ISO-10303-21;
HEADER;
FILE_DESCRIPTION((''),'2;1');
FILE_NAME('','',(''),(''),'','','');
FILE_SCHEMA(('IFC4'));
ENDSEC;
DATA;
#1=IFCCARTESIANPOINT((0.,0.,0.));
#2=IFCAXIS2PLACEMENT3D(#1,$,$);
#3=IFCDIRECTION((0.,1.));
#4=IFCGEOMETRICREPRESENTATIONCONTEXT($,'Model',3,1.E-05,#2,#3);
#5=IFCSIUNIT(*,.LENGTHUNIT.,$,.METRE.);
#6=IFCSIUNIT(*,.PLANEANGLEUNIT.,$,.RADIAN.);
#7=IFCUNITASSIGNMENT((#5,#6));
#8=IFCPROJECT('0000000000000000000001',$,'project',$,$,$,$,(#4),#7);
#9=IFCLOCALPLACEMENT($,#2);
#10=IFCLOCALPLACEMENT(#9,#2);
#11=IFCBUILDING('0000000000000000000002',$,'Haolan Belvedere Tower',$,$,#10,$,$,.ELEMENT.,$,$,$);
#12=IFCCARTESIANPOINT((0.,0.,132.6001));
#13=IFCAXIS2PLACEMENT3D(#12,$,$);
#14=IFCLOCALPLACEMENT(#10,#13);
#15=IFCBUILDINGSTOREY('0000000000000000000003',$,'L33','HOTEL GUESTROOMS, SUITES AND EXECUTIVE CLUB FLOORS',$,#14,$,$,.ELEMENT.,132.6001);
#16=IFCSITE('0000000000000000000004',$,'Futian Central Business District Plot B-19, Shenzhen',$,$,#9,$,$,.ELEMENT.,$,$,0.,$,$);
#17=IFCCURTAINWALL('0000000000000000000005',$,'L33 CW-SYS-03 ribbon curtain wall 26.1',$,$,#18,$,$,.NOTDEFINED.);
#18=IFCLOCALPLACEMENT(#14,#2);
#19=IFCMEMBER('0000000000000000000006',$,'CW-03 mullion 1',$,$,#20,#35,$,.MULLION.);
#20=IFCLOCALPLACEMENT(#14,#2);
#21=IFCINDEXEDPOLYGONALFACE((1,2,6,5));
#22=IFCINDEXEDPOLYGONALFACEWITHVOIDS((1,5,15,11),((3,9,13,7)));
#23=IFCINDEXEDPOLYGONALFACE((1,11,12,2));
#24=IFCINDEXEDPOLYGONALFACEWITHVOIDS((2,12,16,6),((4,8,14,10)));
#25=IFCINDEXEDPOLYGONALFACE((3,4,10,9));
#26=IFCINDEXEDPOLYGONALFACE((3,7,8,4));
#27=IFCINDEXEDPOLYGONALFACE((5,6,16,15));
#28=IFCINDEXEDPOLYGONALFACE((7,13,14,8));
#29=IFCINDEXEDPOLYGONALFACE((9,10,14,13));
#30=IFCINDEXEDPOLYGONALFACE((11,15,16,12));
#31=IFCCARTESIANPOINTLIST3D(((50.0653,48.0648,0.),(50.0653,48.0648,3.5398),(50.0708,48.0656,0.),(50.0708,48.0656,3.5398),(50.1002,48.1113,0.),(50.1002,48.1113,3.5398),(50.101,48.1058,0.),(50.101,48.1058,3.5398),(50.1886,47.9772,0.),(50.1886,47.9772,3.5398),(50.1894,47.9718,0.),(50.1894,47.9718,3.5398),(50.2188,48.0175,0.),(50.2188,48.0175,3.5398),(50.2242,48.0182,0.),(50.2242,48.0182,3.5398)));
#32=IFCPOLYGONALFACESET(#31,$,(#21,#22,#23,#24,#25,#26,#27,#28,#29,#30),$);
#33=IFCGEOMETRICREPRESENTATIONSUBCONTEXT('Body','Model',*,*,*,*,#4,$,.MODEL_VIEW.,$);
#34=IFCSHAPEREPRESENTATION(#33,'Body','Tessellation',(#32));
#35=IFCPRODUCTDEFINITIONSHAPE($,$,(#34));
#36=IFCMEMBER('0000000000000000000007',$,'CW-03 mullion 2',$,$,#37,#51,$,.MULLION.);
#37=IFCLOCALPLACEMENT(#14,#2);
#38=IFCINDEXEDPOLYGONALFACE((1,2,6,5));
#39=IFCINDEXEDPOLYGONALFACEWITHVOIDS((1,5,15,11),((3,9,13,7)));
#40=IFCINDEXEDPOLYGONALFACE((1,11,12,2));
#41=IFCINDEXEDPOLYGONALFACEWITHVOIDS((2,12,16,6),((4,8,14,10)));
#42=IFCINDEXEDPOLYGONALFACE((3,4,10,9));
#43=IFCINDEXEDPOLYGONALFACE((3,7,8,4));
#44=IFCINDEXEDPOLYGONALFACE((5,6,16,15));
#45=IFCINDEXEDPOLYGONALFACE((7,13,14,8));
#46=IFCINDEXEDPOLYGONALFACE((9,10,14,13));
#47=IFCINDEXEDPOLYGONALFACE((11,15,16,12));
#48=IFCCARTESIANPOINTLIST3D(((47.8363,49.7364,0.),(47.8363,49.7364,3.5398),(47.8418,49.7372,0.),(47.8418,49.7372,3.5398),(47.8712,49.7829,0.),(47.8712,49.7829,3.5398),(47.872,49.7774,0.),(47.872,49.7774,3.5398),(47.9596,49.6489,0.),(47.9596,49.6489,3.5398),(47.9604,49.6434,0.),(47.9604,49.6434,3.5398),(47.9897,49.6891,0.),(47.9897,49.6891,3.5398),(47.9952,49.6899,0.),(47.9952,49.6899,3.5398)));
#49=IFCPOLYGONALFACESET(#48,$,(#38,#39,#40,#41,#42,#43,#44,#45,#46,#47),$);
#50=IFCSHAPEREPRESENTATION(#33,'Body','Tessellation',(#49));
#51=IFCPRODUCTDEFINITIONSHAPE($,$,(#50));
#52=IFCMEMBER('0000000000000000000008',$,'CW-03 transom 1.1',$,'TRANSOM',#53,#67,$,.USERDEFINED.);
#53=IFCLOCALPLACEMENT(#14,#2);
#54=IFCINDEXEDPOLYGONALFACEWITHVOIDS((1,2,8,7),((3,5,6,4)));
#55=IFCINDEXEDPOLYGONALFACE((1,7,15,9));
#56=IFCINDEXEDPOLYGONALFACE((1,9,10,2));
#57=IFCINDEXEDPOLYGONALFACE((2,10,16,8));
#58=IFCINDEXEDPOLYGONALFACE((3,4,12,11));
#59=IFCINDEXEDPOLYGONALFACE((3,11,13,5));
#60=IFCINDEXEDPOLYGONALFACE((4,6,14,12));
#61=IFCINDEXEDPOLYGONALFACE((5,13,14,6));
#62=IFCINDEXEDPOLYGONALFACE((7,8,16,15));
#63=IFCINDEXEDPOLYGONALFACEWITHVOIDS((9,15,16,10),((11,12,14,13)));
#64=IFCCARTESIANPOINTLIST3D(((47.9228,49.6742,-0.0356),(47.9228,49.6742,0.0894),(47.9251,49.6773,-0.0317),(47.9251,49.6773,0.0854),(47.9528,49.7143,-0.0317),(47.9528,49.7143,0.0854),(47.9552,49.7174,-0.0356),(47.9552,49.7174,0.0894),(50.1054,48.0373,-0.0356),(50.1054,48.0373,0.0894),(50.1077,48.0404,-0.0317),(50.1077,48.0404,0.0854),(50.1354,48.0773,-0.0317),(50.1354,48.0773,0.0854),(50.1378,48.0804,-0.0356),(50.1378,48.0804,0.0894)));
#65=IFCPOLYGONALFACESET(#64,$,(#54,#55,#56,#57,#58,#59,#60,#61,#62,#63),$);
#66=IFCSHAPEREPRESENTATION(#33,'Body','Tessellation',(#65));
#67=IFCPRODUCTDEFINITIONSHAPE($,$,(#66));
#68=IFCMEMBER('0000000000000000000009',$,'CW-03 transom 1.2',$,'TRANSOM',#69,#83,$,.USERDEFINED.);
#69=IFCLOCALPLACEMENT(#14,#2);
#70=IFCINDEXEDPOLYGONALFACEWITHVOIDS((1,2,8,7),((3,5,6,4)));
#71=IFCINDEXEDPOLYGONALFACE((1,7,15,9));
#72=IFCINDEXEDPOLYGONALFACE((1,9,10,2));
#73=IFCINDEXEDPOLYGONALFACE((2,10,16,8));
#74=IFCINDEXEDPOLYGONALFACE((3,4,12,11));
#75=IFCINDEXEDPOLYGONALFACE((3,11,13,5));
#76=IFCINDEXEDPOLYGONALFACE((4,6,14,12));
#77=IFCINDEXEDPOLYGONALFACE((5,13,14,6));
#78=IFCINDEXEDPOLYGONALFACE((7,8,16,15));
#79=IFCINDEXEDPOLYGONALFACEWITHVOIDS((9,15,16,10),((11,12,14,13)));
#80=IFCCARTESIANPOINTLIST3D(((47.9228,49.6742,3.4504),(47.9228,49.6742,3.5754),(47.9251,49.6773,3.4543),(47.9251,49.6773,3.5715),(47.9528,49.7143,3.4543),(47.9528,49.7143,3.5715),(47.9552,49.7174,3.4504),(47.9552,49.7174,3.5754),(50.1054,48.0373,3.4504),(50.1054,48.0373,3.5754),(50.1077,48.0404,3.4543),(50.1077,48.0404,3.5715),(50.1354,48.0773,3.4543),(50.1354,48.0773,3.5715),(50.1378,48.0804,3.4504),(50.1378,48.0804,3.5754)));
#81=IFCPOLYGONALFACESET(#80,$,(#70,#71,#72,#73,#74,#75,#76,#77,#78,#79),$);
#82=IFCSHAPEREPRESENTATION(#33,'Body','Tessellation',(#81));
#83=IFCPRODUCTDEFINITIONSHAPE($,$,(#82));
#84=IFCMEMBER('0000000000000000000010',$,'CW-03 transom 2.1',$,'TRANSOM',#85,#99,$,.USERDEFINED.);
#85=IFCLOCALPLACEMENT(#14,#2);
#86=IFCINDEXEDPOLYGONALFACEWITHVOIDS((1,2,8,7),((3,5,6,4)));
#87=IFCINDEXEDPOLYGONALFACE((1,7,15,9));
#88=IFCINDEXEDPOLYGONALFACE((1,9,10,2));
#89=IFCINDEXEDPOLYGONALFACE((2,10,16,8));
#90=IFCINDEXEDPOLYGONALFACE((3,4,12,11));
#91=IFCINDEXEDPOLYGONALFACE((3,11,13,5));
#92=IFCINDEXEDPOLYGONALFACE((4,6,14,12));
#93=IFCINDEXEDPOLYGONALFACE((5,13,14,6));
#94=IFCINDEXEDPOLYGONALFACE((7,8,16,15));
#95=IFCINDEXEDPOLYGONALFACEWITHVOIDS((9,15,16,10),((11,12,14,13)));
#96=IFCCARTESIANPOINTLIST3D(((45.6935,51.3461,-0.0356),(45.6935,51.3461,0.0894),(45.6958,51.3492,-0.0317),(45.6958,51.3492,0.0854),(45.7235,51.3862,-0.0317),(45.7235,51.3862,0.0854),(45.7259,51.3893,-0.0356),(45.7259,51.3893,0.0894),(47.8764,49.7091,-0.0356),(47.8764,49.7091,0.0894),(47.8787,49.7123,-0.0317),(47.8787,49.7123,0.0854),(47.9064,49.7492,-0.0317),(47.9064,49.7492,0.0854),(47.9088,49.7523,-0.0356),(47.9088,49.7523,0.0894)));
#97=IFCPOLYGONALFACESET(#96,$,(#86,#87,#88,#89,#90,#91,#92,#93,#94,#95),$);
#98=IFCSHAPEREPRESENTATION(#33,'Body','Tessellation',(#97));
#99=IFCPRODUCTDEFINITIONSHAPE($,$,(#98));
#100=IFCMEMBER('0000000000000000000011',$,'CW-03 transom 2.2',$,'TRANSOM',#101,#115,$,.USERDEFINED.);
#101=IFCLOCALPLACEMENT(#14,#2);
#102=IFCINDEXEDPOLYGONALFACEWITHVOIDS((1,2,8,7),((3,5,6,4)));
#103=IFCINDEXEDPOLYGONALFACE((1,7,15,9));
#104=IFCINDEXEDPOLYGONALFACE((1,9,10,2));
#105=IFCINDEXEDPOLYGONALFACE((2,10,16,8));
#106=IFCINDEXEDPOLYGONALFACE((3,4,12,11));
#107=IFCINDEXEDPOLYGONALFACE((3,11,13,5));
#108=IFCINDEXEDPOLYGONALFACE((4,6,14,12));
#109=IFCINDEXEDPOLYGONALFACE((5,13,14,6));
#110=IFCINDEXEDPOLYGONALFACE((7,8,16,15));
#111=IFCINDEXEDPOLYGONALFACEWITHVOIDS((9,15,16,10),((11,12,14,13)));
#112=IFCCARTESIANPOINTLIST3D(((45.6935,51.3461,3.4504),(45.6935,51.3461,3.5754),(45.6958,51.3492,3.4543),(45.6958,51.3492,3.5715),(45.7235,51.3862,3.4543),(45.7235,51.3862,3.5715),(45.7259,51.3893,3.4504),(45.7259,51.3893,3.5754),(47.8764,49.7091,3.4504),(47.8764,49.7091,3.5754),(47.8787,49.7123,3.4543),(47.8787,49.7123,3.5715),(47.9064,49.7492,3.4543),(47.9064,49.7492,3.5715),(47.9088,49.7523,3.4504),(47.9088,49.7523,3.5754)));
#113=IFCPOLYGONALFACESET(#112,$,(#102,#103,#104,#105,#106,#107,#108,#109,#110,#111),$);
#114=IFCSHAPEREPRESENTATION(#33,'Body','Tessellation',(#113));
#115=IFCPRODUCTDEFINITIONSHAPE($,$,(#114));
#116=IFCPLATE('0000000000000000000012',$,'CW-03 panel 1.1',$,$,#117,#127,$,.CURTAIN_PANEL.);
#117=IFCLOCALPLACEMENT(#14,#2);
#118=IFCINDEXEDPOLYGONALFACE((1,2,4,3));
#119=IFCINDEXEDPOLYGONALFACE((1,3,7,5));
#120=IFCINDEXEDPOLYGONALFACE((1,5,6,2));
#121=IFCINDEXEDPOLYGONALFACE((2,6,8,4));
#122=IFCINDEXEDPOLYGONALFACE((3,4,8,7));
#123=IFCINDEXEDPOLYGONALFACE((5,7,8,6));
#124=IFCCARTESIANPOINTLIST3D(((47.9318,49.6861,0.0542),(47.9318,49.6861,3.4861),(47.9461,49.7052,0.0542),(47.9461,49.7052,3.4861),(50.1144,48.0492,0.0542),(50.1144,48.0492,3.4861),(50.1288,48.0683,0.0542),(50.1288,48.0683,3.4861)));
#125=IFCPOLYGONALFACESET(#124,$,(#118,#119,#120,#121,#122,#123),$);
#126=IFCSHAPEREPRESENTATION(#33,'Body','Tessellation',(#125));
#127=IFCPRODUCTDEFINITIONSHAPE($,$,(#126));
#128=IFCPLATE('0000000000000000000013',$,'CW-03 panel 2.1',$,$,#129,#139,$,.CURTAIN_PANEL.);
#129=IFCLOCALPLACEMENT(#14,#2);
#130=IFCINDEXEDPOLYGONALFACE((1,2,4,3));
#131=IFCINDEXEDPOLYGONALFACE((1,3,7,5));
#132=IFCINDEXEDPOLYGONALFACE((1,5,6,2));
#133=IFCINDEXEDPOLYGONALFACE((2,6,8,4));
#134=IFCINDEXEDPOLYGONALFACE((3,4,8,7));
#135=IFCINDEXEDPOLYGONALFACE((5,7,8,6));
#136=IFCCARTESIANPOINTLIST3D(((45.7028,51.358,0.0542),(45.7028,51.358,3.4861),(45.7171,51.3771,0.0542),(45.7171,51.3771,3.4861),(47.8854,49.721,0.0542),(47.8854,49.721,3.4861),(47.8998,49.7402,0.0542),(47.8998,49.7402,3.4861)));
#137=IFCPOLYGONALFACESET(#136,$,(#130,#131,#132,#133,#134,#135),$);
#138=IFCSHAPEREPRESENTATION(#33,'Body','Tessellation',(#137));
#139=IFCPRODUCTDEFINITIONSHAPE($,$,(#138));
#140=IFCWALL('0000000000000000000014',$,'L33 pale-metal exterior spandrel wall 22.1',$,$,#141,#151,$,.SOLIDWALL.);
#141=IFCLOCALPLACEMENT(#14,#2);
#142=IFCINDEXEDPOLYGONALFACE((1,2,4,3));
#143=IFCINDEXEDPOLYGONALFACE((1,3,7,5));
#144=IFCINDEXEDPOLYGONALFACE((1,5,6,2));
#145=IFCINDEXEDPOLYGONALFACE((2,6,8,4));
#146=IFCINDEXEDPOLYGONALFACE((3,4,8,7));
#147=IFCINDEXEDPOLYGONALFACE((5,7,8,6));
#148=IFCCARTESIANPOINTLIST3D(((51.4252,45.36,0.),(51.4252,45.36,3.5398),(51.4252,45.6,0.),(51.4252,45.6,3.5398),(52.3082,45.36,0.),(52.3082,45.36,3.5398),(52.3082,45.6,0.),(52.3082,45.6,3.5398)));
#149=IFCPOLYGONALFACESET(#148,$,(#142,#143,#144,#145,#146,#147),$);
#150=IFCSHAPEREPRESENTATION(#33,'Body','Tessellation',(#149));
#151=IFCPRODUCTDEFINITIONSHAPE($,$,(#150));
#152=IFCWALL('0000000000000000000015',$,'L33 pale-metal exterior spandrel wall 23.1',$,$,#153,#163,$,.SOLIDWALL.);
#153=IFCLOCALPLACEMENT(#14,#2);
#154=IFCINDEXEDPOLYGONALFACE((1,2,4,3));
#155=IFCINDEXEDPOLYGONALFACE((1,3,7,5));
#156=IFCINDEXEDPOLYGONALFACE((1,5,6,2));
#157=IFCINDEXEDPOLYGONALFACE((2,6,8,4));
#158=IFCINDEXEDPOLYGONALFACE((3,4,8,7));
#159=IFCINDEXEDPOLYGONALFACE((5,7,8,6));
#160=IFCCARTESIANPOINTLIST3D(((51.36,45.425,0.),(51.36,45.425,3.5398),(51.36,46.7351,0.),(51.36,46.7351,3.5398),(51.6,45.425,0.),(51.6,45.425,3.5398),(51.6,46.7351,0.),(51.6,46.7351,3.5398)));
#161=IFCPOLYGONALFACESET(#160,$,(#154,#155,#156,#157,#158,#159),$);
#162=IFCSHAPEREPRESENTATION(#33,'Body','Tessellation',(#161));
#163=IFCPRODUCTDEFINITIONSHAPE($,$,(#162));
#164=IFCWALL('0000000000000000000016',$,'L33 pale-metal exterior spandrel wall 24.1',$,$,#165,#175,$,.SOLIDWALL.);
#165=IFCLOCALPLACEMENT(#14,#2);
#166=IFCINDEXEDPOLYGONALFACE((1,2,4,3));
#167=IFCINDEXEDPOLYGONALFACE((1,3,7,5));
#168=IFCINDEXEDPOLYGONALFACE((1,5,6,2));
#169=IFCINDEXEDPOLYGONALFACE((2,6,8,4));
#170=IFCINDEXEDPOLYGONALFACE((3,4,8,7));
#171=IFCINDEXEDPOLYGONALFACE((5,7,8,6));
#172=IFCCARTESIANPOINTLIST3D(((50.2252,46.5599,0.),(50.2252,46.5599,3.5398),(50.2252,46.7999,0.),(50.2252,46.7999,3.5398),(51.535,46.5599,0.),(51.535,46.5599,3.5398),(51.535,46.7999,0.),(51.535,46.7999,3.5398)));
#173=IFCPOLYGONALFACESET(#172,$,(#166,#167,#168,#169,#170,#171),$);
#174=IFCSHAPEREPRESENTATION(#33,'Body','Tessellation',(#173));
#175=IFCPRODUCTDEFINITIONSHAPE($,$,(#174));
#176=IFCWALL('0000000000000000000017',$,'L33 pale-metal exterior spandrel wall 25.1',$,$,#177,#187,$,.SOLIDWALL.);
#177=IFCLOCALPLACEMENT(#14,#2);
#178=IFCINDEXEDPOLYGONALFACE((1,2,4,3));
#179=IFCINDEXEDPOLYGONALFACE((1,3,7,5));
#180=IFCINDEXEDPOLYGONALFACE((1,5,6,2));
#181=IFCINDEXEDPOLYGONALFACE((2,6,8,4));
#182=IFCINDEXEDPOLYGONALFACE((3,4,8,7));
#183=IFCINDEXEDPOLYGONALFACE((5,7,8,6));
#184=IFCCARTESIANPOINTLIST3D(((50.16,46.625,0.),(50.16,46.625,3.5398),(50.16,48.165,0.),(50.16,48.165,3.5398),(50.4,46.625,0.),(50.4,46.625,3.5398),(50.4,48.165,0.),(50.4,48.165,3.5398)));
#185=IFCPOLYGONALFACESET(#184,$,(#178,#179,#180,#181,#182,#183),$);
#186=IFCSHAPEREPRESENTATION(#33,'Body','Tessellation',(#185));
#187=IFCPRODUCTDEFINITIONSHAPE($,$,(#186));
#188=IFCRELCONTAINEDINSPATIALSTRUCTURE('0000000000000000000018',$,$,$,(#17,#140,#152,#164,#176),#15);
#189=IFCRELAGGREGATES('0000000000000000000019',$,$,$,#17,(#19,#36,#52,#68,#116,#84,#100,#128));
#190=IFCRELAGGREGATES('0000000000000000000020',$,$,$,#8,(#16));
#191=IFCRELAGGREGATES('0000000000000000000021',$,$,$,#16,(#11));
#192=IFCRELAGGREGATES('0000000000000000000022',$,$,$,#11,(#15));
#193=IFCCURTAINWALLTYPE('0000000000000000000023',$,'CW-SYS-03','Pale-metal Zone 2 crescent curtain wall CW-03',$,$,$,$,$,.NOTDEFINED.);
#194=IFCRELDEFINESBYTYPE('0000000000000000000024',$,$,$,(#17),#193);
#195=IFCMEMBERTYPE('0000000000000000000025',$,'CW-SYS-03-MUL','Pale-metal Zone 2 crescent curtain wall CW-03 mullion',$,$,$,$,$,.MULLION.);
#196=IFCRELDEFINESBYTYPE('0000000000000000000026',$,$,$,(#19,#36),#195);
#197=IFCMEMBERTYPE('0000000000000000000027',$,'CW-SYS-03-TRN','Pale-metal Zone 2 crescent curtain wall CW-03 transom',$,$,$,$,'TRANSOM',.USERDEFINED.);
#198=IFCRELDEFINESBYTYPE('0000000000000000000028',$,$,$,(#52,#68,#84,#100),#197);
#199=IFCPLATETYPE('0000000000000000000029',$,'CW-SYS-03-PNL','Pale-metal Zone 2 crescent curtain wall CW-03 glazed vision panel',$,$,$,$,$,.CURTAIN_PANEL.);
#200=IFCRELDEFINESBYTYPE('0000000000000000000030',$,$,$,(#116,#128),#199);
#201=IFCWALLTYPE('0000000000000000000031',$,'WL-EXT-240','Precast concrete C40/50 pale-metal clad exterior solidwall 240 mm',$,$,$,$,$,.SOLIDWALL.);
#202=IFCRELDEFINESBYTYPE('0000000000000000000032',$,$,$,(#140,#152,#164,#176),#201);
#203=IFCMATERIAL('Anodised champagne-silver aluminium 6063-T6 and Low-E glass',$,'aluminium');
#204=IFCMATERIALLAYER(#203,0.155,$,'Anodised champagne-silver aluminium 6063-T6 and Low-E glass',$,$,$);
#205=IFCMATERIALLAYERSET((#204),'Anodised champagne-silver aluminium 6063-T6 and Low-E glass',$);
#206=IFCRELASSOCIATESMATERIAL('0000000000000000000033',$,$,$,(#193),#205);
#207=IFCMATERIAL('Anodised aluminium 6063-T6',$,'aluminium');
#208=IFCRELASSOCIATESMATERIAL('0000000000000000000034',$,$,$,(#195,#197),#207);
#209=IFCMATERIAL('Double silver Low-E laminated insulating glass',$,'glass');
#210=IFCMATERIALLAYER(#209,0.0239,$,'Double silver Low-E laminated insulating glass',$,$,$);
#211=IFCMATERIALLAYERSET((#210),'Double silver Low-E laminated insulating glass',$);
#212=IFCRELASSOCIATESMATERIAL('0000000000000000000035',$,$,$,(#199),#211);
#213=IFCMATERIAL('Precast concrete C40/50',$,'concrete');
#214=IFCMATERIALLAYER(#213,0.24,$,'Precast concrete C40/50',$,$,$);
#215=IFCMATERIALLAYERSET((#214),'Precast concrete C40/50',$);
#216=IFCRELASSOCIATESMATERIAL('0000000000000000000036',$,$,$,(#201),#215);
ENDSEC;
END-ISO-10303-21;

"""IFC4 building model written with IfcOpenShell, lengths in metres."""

from ifc_helpers import new_model, si_unit, direction, frame, frame_2d, origin, origin_2d, place, context, subcontext, project, spatial, rectangle, hollow_rectangle, extrude, material, layer, layer_set, material_profile, profile_set, type_object, element, aggregate, save


model = new_model("IFC4")

# Units and contexts
model_context = context("Model", 3, precision=1e-05, world=origin(), true_north=direction((0.0, 1.0)))
body_context = subcontext(model_context, "Body", "Model", "MODEL_VIEW")
ifc_project = project(units=[si_unit("LENGTHUNIT", "METRE"), si_unit("PLANEANGLEUNIT", "RADIAN")], contexts=[model_context])

# Site, building, storey
site_placement = place(None, origin())
site = spatial("IfcSite", under=ifc_project, at=site_placement, Name="Futian Central Business District Plot B-19, Shenzhen", CompositionType="ELEMENT", RefElevation=0.0)
building_placement = place(site_placement, origin())
building = spatial("IfcBuilding", under=site, at=building_placement, Name="Haolan Belvedere Tower", CompositionType="ELEMENT")
storey_placement = place(building_placement, frame((0.0, 0.0, 132.6001)))
storey = spatial("IfcBuildingStorey", under=building, at=storey_placement, Name="L33", Description="HOTEL GUESTROOMS, SUITES AND EXECUTIVE CLUB FLOORS", CompositionType="ELEMENT", Elevation=132.6001)

# Curtain wall, members, plates
ifc_material_1 = material(Name="Anodised champagne-silver aluminium 6063-T6 and Low-E glass", Category="aluminium")
ifc_layer_1 = layer(ifc_material_1, 0.155, Name="Anodised champagne-silver aluminium 6063-T6 and Low-E glass")
ifc_layer_set_1 = layer_set([ifc_layer_1], Name="Anodised champagne-silver aluminium 6063-T6 and Low-E glass")
curtain_wall_type = type_object("IfcCurtainWallType", Name="CW-SYS-03", Description="Pale-metal Zone 2 crescent curtain wall CW-03", PredefinedType="NOTDEFINED", material=ifc_layer_set_1)
curtain_wall_placement = place(storey_placement, origin())
curtain_wall = element("IfcCurtainWall", 1, at=curtain_wall_placement, inside=storey, type_object=curtain_wall_type, Name="L33 CW-SYS-03 ribbon curtain wall 26.1", PredefinedType="NOTDEFINED")
ifc_material_2 = material(Name="Anodised aluminium 6063-T6", Category="aluminium")
ifc_material_profile_1 = material_profile(ifc_material_2, hollow_rectangle(XDim=0.0581, YDim=0.155, WallThickness=0.0039, at=origin_2d()), Name="Anodised aluminium 6063-T6")
ifc_profile_set_1 = profile_set([ifc_material_profile_1], Name="Anodised aluminium 6063-T6")
member_type_1 = type_object("IfcMemberType", Name="CW-SYS-03-MUL", Description="Pale-metal Zone 2 crescent curtain wall CW-03 mullion", PredefinedType="MULLION", material=ifc_profile_set_1)
member_1_placement = place(storey_placement, frame((50.1448, 48.0415, 0.0), z_axis=(0.0, 0.0, 1.0), x_axis=(-0.599994, -0.800004, 0.0)))
member_1 = element("IfcMember", 2, at=member_1_placement, type_object=member_type_1, Name="CW-03 mullion 1", PredefinedType="MULLION", context=body_context, shape_type="SweptSolid", body=[
    extrude(hollow_rectangle(XDim=0.0581, YDim=0.155, WallThickness=0.0039, at=origin_2d()), origin(), (0.0, 0.0, 1.0), 3.5398),
])
member_2_placement = place(storey_placement, frame((47.9158, 49.7131, 0.0), z_axis=(0.0, 0.0, 1.0), x_axis=(-0.599994, -0.800004, 0.0)))
member_2 = element("IfcMember", 3, at=member_2_placement, type_object=member_type_1, Name="CW-03 mullion 2", PredefinedType="MULLION", context=body_context, shape_type="SweptSolid", body=[
    extrude(hollow_rectangle(XDim=0.0581, YDim=0.155, WallThickness=0.0039, at=origin_2d()), origin(), (0.0, 0.0, 1.0), 3.5398),
])
ifc_material_profile_2 = material_profile(ifc_material_2, hollow_rectangle(XDim=0.054, YDim=0.125, WallThickness=0.0039, at=origin_2d()), Name="Anodised aluminium 6063-T6")
ifc_profile_set_2 = profile_set([ifc_material_profile_2], Name="Anodised aluminium 6063-T6")
member_type_2 = type_object("IfcMemberType", Name="CW-SYS-03-TRN", Description="Pale-metal Zone 2 crescent curtain wall CW-03 transom", ElementType="TRANSOM", PredefinedType="USERDEFINED", material=ifc_profile_set_2)
member_3_placement = place(storey_placement, frame((50.1216, 48.0588, 0.0269), z_axis=(-0.8, 0.6, 0.0), x_axis=(-0.6, -0.8, 0.0)))
member_3 = element("IfcMember", 4, at=member_3_placement, type_object=member_type_2, Name="CW-03 transom 1.1", ObjectType="TRANSOM", PredefinedType="USERDEFINED", context=body_context, shape_type="SweptSolid", body=[
    extrude(hollow_rectangle(XDim=0.054, YDim=0.125, WallThickness=0.0039, at=origin_2d()), origin(), (0.0, 0.0, 1.0), 2.7283),
])
member_4_placement = place(storey_placement, frame((50.1216, 48.0588, 3.5129), z_axis=(-0.8, 0.6, 0.0), x_axis=(-0.6, -0.8, 0.0)))
member_4 = element("IfcMember", 5, at=member_4_placement, type_object=member_type_2, Name="CW-03 transom 1.2", ObjectType="TRANSOM", PredefinedType="USERDEFINED", context=body_context, shape_type="SweptSolid", body=[
    extrude(hollow_rectangle(XDim=0.054, YDim=0.125, WallThickness=0.0039, at=origin_2d()), origin(), (0.0, 0.0, 1.0), 2.7283),
])
member_5_placement = place(storey_placement, frame((47.8926, 49.7307, 0.0269), z_axis=(-0.800032, 0.599957, 0.0), x_axis=(-0.599957, -0.800032, 0.0)))
member_5 = element("IfcMember", 6, at=member_5_placement, type_object=member_type_2, Name="CW-03 transom 2.1", ObjectType="TRANSOM", PredefinedType="USERDEFINED", context=body_context, shape_type="SweptSolid", body=[
    extrude(hollow_rectangle(XDim=0.054, YDim=0.125, WallThickness=0.0039, at=origin_2d()), origin(), (0.0, 0.0, 1.0), 2.7285),
])
member_6_placement = place(storey_placement, frame((47.8926, 49.7307, 3.5129), z_axis=(-0.800032, 0.599957, 0.0), x_axis=(-0.599957, -0.800032, 0.0)))
member_6 = element("IfcMember", 7, at=member_6_placement, type_object=member_type_2, Name="CW-03 transom 2.2", ObjectType="TRANSOM", PredefinedType="USERDEFINED", context=body_context, shape_type="SweptSolid", body=[
    extrude(hollow_rectangle(XDim=0.054, YDim=0.125, WallThickness=0.0039, at=origin_2d()), origin(), (0.0, 0.0, 1.0), 2.7285),
])
ifc_material_3 = material(Name="Double silver Low-E laminated insulating glass", Category="glass")
ifc_layer_2 = layer(ifc_material_3, 0.0239, Name="Double silver Low-E laminated insulating glass")
ifc_layer_set_2 = layer_set([ifc_layer_2], Name="Double silver Low-E laminated insulating glass")
plate_type = type_object("IfcPlateType", Name="CW-SYS-03-PNL", Description="Pale-metal Zone 2 crescent curtain wall CW-03 glazed vision panel", PredefinedType="CURTAIN_PANEL", material=ifc_layer_set_2)
plate_1_placement = place(storey_placement, frame((49.0303, 48.8772, 0.0542), z_axis=(0.0, 0.0, 1.0), x_axis=(-0.800004, 0.599994, 0.0)))
plate_1 = element("IfcPlate", 8, at=plate_1_placement, type_object=plate_type, Name="CW-03 panel 1.1", PredefinedType="CURTAIN_PANEL", context=body_context, shape_type="SweptSolid", body=[
    extrude(rectangle(XDim=2.7283, YDim=0.0239, at=origin_2d()), origin(), (0.0, 0.0, 1.0), 3.4319),
])
plate_2_placement = place(storey_placement, frame((46.8013, 50.5491, 0.0542), z_axis=(0.0, 0.0, 1.0), x_axis=(-0.800004, 0.599994, 0.0)))
plate_2 = element("IfcPlate", 9, at=plate_2_placement, type_object=plate_type, Name="CW-03 panel 2.1", PredefinedType="CURTAIN_PANEL", context=body_context, shape_type="SweptSolid", body=[
    extrude(rectangle(XDim=2.7283, YDim=0.0239, at=origin_2d()), origin(), (0.0, 0.0, 1.0), 3.4319),
])
aggregate(curtain_wall, [member_1, member_2, member_3, member_4, plate_1, member_5, member_6, plate_2])

# Walls
ifc_material_4 = material(Name="Precast concrete C40/50", Category="concrete")
ifc_layer_3 = layer(ifc_material_4, 0.24, Name="Precast concrete C40/50")
ifc_layer_set_3 = layer_set([ifc_layer_3], Name="Precast concrete C40/50")
wall_type_1 = type_object("IfcWallType", Name="WL-EXT-240", Description="Precast concrete C40/50 pale-metal clad exterior solidwall 240 mm", PredefinedType="SOLIDWALL", material=ifc_layer_set_3)
wall_1_placement = place(storey_placement, frame((52.3081, 45.48, 0.0), z_axis=(0.0, 0.0, 1.0), x_axis=(-1.0, 0.0, 0.0)))
element("IfcWall", 10, at=wall_1_placement, inside=storey, type_object=wall_type_1, Name="L33 pale-metal exterior spandrel wall 22.1", PredefinedType="SOLIDWALL", context=body_context, shape_type="SweptSolid", body=[
    extrude(rectangle(XDim=0.8831, YDim=0.24, at=frame_2d((0.4414, 0.0))), origin(), (0.0, 0.0, 1.0), 3.5398),
])
wall_2_placement = place(storey_placement, frame((51.48, 45.425, 0.0), z_axis=(0.0, 0.0, 1.0), x_axis=(0.0, 1.0, 0.0)))
element("IfcWall", 11, at=wall_2_placement, inside=storey, type_object=wall_type_1, Name="L33 pale-metal exterior spandrel wall 23.1", PredefinedType="SOLIDWALL", context=body_context, shape_type="SweptSolid", body=[
    extrude(rectangle(XDim=1.3101, YDim=0.24, at=frame_2d((0.655, 0.0))), origin(), (0.0, 0.0, 1.0), 3.5398),
])
wall_3_placement = place(storey_placement, frame((51.5349, 46.6799, 0.0), z_axis=(0.0, 0.0, 1.0), x_axis=(-1.0, 0.0, 0.0)))
element("IfcWall", 12, at=wall_3_placement, inside=storey, type_object=wall_type_1, Name="L33 pale-metal exterior spandrel wall 24.1", PredefinedType="SOLIDWALL", context=body_context, shape_type="SweptSolid", body=[
    extrude(rectangle(XDim=1.3098, YDim=0.24, at=frame_2d((0.6548, 0.0))), origin(), (0.0, 0.0, 1.0), 3.5398),
])
wall_4_placement = place(storey_placement, frame((50.28, 46.625, 0.0), z_axis=(0.0, 0.0, 1.0), x_axis=(0.0, 1.0, 0.0)))
element("IfcWall", 13, at=wall_4_placement, inside=storey, type_object=wall_type_1, Name="L33 pale-metal exterior spandrel wall 25.1", PredefinedType="SOLIDWALL", context=body_context, shape_type="SweptSolid", body=[
    extrude(rectangle(XDim=1.54, YDim=0.24, at=frame_2d((0.77, 0.0))), origin(), (0.0, 0.0, 1.0), 3.5398),
])

save(model, "model.ifc")
